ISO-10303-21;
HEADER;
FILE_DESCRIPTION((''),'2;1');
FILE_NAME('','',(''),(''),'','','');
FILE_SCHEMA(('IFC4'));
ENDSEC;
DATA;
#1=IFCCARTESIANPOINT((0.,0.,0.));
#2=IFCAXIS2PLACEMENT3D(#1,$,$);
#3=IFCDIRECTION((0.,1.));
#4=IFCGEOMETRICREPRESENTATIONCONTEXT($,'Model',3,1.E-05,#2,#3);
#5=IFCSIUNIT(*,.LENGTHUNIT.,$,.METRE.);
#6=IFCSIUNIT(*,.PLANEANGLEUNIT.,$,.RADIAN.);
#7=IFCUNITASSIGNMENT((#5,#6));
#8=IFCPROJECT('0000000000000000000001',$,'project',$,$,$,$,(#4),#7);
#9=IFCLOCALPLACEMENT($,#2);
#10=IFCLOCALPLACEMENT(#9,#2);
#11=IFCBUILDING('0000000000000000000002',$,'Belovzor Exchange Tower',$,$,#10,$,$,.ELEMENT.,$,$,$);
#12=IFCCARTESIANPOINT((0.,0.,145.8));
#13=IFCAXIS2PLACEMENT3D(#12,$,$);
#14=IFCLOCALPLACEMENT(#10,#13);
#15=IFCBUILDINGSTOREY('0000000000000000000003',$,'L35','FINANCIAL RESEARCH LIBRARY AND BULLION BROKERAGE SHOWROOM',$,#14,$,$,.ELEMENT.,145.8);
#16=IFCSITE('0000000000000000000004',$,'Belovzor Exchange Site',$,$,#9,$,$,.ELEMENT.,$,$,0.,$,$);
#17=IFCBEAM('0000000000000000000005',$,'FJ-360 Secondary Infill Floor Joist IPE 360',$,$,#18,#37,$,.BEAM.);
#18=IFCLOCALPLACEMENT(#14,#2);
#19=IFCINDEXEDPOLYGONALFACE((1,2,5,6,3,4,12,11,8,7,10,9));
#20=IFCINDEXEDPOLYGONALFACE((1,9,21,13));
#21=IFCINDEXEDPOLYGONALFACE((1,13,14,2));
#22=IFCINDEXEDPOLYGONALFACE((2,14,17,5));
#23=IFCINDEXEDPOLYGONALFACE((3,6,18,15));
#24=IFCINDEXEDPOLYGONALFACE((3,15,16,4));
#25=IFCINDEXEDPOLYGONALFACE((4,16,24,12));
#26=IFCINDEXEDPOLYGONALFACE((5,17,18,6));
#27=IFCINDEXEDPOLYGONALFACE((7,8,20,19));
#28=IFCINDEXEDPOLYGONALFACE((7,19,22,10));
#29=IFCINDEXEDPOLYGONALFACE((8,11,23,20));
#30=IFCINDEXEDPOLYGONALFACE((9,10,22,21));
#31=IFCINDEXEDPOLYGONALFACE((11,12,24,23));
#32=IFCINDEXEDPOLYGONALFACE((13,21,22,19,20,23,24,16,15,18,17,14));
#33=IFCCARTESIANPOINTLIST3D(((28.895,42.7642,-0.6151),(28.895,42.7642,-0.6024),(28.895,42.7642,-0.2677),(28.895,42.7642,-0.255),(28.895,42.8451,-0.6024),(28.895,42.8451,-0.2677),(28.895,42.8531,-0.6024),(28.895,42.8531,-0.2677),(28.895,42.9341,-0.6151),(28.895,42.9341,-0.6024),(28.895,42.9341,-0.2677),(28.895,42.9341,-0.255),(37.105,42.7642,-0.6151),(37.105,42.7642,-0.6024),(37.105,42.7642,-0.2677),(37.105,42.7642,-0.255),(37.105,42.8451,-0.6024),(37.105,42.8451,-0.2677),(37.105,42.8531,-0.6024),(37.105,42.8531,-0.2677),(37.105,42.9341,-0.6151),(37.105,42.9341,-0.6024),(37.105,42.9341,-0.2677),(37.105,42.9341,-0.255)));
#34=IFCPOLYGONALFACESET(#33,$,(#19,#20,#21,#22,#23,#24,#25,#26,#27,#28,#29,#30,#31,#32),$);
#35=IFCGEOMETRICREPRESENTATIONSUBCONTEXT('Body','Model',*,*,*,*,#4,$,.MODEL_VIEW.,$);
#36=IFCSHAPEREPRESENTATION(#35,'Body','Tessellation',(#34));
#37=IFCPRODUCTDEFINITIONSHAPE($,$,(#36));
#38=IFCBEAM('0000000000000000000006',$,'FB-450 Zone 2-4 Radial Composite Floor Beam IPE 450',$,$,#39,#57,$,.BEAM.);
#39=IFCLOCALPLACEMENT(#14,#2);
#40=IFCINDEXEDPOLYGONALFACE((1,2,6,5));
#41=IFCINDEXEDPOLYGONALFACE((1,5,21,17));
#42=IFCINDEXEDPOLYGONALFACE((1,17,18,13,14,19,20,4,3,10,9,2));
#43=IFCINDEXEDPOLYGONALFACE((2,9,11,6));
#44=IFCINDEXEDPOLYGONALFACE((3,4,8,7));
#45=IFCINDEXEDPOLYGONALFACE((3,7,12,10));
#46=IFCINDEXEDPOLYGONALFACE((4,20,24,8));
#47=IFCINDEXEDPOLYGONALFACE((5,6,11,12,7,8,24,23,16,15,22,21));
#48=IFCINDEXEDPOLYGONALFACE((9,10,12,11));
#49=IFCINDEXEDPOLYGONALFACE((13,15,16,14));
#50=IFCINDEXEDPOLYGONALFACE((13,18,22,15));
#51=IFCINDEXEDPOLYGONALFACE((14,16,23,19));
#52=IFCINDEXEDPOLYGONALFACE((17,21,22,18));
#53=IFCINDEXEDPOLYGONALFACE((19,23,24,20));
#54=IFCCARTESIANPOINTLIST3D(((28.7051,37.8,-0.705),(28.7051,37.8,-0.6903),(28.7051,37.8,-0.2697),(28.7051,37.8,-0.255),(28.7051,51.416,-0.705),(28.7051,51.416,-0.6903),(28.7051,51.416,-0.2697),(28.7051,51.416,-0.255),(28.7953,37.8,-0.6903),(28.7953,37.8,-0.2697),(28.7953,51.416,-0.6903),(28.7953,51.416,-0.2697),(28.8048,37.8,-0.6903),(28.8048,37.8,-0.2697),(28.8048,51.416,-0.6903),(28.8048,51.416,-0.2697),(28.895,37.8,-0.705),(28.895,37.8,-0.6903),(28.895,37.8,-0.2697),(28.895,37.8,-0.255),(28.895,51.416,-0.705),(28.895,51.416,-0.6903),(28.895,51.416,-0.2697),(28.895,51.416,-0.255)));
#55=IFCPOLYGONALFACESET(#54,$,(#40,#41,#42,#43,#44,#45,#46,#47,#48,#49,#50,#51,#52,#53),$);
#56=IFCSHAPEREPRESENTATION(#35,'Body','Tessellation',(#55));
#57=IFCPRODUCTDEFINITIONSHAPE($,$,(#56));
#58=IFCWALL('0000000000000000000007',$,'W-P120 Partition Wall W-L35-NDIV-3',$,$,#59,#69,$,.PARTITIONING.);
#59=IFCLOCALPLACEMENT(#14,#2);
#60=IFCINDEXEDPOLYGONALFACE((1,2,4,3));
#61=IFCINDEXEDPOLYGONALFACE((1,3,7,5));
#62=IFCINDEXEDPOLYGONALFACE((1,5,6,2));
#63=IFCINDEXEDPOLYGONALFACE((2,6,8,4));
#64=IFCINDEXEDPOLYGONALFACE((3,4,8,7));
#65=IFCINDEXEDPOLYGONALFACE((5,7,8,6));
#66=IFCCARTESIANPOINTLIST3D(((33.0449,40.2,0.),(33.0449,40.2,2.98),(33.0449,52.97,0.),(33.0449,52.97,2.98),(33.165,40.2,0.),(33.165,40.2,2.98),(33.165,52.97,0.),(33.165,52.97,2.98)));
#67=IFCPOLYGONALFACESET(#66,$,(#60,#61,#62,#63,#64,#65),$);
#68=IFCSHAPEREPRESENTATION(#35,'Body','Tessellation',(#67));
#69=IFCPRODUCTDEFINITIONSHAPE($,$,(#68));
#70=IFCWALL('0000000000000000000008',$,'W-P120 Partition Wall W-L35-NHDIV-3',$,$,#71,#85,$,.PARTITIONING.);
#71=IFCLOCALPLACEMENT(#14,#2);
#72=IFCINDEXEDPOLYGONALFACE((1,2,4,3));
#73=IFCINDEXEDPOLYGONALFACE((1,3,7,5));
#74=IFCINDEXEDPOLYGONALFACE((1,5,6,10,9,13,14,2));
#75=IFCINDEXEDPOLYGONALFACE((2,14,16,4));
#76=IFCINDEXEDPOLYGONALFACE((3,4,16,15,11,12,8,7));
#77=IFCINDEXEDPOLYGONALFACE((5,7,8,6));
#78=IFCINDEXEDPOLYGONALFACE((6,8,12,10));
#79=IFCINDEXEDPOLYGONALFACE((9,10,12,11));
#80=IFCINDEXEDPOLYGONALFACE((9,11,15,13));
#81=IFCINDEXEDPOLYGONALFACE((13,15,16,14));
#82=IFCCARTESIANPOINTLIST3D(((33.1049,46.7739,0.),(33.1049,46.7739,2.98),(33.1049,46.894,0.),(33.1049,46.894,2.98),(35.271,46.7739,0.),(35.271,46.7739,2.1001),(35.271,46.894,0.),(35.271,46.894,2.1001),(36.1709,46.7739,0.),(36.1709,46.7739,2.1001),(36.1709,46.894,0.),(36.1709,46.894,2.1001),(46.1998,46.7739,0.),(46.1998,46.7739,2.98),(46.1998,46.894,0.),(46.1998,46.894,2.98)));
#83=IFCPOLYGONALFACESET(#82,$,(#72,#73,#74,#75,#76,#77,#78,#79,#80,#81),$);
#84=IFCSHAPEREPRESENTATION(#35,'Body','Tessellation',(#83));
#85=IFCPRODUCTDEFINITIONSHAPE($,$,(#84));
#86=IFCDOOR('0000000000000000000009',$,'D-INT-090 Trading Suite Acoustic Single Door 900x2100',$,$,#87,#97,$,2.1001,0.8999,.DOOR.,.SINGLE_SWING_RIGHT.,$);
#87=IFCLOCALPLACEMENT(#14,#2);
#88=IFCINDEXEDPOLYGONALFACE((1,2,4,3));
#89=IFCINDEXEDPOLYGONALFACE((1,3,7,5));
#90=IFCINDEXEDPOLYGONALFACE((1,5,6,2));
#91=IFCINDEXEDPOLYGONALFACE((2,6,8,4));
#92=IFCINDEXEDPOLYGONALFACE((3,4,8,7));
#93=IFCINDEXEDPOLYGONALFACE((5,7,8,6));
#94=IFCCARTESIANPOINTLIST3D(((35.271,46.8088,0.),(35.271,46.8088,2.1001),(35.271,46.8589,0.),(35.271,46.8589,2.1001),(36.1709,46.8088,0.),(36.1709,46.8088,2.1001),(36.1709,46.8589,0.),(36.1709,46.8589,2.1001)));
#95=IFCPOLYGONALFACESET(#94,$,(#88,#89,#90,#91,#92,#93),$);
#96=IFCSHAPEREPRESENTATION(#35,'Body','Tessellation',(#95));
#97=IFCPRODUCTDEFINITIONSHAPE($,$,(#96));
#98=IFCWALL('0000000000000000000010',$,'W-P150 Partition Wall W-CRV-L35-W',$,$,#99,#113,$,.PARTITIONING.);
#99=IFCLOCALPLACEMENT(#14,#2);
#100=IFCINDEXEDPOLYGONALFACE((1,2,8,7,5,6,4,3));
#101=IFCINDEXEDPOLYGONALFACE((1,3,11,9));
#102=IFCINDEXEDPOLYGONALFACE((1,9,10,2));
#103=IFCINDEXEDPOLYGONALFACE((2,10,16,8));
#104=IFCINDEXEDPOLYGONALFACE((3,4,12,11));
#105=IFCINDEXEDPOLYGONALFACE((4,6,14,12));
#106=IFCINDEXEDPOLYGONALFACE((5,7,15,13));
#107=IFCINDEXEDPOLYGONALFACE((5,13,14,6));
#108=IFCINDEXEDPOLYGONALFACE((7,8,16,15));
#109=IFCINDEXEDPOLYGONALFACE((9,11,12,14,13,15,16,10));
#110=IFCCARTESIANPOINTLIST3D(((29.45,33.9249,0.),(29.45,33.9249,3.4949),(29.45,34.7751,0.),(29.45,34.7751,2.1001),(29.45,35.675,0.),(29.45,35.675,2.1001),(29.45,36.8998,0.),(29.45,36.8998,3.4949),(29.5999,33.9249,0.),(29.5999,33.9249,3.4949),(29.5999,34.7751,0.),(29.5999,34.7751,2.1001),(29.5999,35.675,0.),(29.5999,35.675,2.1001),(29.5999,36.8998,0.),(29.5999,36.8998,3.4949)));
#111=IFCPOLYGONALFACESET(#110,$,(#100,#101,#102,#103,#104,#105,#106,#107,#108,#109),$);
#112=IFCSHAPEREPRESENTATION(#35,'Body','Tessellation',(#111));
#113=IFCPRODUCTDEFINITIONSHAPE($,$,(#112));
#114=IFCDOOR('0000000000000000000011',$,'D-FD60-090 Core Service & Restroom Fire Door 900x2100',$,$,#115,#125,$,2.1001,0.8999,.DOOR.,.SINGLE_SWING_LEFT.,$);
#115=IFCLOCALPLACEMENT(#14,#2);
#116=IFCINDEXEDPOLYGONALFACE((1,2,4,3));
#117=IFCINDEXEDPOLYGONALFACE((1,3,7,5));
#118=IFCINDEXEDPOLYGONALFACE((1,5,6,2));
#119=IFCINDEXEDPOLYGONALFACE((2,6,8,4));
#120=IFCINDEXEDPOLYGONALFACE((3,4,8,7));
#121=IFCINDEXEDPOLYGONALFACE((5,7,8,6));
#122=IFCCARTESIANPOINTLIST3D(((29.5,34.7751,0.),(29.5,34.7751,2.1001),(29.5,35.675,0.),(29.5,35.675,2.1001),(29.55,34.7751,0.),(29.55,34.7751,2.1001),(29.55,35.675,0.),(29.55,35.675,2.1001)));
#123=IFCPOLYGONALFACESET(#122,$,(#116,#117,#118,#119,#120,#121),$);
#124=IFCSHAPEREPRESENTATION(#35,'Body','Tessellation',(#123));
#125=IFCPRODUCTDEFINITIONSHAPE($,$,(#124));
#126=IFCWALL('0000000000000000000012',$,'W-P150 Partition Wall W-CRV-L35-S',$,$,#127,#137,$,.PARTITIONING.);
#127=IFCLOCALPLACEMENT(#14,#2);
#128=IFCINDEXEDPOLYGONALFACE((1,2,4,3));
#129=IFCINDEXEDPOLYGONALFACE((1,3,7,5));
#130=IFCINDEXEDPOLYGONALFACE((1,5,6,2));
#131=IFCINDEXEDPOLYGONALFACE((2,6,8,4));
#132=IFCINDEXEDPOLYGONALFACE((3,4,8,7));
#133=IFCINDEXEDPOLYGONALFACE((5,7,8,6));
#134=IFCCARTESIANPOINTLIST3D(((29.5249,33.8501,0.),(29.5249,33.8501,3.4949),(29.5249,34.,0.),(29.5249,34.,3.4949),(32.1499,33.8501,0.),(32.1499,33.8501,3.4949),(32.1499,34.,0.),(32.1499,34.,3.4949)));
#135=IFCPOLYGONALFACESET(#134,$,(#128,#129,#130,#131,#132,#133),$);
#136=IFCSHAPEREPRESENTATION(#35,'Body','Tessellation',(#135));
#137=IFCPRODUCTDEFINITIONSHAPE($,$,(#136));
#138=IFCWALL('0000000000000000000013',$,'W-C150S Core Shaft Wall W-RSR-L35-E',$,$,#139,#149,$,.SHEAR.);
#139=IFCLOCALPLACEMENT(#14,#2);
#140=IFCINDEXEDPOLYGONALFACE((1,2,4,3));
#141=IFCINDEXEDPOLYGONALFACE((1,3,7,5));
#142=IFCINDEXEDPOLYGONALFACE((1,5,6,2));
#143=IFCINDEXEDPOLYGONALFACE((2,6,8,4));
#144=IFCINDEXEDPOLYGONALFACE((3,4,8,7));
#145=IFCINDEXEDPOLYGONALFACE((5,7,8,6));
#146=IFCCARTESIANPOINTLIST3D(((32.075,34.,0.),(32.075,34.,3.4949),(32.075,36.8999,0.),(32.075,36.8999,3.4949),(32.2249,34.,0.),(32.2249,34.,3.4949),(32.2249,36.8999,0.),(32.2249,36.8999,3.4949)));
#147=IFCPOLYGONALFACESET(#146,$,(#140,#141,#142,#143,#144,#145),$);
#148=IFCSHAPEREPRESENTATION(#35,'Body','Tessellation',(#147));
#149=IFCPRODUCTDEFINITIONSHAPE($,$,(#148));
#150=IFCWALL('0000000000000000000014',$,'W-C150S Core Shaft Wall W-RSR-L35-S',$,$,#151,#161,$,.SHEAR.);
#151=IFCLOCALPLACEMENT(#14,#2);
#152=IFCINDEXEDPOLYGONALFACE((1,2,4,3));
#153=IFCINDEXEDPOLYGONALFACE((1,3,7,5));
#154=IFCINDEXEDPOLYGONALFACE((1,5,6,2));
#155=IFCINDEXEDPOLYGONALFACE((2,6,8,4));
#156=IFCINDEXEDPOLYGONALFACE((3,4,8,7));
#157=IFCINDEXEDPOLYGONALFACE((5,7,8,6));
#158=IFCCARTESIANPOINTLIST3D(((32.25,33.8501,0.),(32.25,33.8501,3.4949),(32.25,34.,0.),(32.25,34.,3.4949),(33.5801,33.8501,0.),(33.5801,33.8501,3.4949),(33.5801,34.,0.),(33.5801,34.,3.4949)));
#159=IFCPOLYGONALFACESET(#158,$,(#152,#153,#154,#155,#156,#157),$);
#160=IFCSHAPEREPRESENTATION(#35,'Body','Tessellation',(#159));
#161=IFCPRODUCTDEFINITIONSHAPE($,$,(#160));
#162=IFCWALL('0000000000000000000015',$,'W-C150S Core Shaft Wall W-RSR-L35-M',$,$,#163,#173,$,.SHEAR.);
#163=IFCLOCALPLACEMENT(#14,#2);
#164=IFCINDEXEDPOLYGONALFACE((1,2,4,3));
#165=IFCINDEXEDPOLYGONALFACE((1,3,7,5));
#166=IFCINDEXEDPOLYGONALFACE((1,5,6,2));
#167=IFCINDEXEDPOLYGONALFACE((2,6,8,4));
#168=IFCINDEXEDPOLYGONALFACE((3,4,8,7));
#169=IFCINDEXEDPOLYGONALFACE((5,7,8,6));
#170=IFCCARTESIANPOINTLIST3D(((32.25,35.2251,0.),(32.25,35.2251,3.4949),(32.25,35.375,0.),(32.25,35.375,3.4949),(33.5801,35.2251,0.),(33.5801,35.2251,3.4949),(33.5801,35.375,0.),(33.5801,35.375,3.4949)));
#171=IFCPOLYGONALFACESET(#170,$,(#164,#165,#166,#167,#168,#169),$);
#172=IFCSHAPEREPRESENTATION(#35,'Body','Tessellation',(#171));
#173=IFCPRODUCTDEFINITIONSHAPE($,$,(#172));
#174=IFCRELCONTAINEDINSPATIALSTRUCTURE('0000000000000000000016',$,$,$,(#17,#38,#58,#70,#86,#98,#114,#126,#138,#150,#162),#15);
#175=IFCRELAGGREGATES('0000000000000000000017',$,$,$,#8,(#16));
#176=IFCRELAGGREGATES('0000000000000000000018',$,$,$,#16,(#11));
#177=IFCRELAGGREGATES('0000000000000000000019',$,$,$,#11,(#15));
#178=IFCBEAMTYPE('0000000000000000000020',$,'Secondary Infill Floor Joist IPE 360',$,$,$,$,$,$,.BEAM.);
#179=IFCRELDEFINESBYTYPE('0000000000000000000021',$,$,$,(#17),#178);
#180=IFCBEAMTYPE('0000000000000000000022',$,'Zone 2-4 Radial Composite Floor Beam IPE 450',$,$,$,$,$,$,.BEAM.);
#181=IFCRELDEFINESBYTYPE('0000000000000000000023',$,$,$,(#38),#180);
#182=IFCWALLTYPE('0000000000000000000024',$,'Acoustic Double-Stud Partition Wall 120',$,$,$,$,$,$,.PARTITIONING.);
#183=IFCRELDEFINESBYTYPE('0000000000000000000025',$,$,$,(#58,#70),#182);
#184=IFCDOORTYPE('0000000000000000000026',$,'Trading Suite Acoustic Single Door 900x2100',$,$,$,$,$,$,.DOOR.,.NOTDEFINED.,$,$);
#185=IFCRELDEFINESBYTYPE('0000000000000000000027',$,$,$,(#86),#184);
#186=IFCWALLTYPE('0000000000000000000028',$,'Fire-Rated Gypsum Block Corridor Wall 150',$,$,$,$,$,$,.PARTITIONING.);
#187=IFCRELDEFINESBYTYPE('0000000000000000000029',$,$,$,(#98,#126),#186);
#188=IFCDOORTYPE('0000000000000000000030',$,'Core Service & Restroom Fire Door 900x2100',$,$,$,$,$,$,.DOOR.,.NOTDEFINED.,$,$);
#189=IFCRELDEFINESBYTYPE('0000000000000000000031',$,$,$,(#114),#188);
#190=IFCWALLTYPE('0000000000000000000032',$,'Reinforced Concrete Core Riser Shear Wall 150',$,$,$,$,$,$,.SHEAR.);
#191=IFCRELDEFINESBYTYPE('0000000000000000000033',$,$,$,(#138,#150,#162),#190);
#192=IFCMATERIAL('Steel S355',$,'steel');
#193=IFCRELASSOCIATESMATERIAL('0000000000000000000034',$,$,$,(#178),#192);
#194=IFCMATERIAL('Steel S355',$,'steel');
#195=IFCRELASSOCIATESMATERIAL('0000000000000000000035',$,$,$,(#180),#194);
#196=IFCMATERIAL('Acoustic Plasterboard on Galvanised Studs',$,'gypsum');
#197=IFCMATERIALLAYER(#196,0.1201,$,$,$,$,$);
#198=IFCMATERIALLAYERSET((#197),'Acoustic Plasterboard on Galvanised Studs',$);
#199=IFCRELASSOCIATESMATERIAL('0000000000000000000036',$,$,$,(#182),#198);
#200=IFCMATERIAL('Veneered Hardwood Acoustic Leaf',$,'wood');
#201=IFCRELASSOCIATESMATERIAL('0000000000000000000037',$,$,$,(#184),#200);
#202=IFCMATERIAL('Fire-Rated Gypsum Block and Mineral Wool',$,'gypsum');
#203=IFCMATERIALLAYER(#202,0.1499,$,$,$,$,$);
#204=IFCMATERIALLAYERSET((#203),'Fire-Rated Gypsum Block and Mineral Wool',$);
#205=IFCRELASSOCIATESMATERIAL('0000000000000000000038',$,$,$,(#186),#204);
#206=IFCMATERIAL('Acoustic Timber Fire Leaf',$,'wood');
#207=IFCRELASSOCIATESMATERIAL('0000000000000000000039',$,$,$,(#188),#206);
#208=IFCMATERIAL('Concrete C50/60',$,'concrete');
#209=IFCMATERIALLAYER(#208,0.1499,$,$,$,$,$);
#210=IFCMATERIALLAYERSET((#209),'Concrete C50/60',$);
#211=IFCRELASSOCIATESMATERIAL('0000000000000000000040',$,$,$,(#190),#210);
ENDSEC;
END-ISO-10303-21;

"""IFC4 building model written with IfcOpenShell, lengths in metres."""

from ifc_helpers import new_model, si_unit, direction, frame, frame_2d, origin, origin_2d, place, context, subcontext, project, spatial, rectangle, i_section, extrude, material, layer, layer_set, material_profile, profile_set, type_object, element, fill, save


model = new_model("IFC4")

# Units and contexts
model_context = context("Model", 3, precision=1e-05, world=origin(), true_north=direction((0.0, 1.0)))
body_context = subcontext(model_context, "Body", "Model", "MODEL_VIEW")
ifc_project = project(units=[si_unit("LENGTHUNIT", "METRE"), si_unit("PLANEANGLEUNIT", "RADIAN")], contexts=[model_context])

# Site, building, storey
site_placement = place(None, origin())
site = spatial("IfcSite", under=ifc_project, at=site_placement, Name="Belovzor Exchange Site", CompositionType="ELEMENT", RefElevation=0.0)
building_placement = place(site_placement, origin())
building = spatial("IfcBuilding", under=site, at=building_placement, Name="Belovzor Exchange Tower", CompositionType="ELEMENT")
storey_placement = place(building_placement, frame((0.0, 0.0, 145.8)))
storey = spatial("IfcBuildingStorey", under=building, at=storey_placement, Name="L35", Description="FINANCIAL RESEARCH LIBRARY AND BULLION BROKERAGE SHOWROOM", CompositionType="ELEMENT", Elevation=145.8)

# Beams
ifc_material_1 = material(Name="Steel S355", Category="steel")
ifc_material_profile_1 = material_profile(ifc_material_1, i_section(OverallWidth=0.1699, OverallDepth=0.3601, WebThickness=0.0081, FlangeThickness=0.0127, at=origin_2d()))
ifc_profile_set_1 = profile_set([ifc_material_profile_1], Name="Steel S355")
beam_type_1 = type_object("IfcBeamType", Name="Secondary Infill Floor Joist IPE 360", PredefinedType="BEAM", material=ifc_profile_set_1)
beam_1_placement = place(storey_placement, frame((28.895, 42.8491, -0.4351), z_axis=(1.0, 0.0, 0.0), x_axis=(0.0, 1.0, 0.0)))
element("IfcBeam", 1, at=beam_1_placement, inside=storey, type_object=beam_type_1, Name="FJ-360 Secondary Infill Floor Joist IPE 360", PredefinedType="BEAM", context=body_context, shape_type="SweptSolid", body=[
    extrude(i_section(OverallWidth=0.1699, OverallDepth=0.3601, WebThickness=0.0081, FlangeThickness=0.0127, at=origin_2d()), origin(), (0.0, 0.0, 1.0), 8.21),
])
ifc_material_2 = material(Name="Steel S355", Category="steel")
ifc_material_profile_2 = material_profile(ifc_material_2, i_section(OverallWidth=0.1899, OverallDepth=0.45, WebThickness=0.0095, FlangeThickness=0.0146, at=origin_2d()))
ifc_profile_set_2 = profile_set([ifc_material_profile_2], Name="Steel S355")
beam_type_2 = type_object("IfcBeamType", Name="Zone 2-4 Radial Composite Floor Beam IPE 450", PredefinedType="BEAM", material=ifc_profile_set_2)
beam_2_placement = place(storey_placement, frame((28.8, 37.8, -0.48), z_axis=(0.0, 1.0, 0.0), x_axis=(-1.0, 0.0, 0.0)))
element("IfcBeam", 2, at=beam_2_placement, inside=storey, type_object=beam_type_2, Name="FB-450 Zone 2-4 Radial Composite Floor Beam IPE 450", PredefinedType="BEAM", context=body_context, shape_type="SweptSolid", body=[
    extrude(i_section(OverallWidth=0.1899, OverallDepth=0.45, WebThickness=0.0095, FlangeThickness=0.0146, at=origin_2d()), origin(), (0.0, 0.0, 1.0), 13.616),
])

# Wall
ifc_material_3 = material(Name="Acoustic Plasterboard on Galvanised Studs", Category="gypsum")
ifc_layer_1 = layer(ifc_material_3, 0.1201)
ifc_layer_set_1 = layer_set([ifc_layer_1], Name="Acoustic Plasterboard on Galvanised Studs")
wall_type_1 = type_object("IfcWallType", Name="Acoustic Double-Stud Partition Wall 120", PredefinedType="PARTITIONING", material=ifc_layer_set_1)
wall_1_placement = place(storey_placement, frame((33.105, 40.2, 0.0), z_axis=(0.0, 0.0, 1.0), x_axis=(0.0, 1.0, 0.0)))
element("IfcWall", 3, at=wall_1_placement, inside=storey, type_object=wall_type_1, Name="W-P120 Partition Wall W-L35-NDIV-3", PredefinedType="PARTITIONING", context=body_context, shape_type="SweptSolid", body=[
    extrude(rectangle(XDim=12.77, YDim=0.1201, at=frame_2d((6.385, 0.0))), origin(), (0.0, 0.0, 1.0), 2.98),
])

# Walls, openings, doors
wall_2_placement = place(storey_placement, frame((33.105, 46.834, 0.0), z_axis=(0.0, 0.0, 1.0), x_axis=(1.0, 0.0, 0.0)))
wall_2 = element("IfcWall", 4, at=wall_2_placement, inside=storey, type_object=wall_type_1, Name="W-P120 Partition Wall W-L35-NHDIV-3", PredefinedType="PARTITIONING", context=body_context, shape_type="SweptSolid", body=[
    extrude(rectangle(XDim=13.095, YDim=0.1201, at=frame_2d((6.5474, 0.0))), origin(), (0.0, 0.0, 1.0), 2.98),
])
opening_1_placement = place(wall_2_placement, frame((2.166, 0.0, 0.0)))
opening_1 = element("IfcOpeningElement", 5, at=opening_1_placement, cuts=wall_2, PredefinedType="OPENING", context=body_context, shape_type="SweptSolid", body=[
    extrude(rectangle(XDim=0.8999, YDim=2.1001, at=frame_2d((0.45, 1.05))), frame((0.0, 0.0701, 0.0), z_axis=(0.0, -1.0, 0.0), x_axis=(1.0, 0.0, 0.0)), (0.0, 0.0, 1.0), 0.1401),
])
ifc_material_4 = material(Name="Veneered Hardwood Acoustic Leaf", Category="wood")
door_type_1 = type_object("IfcDoorType", Name="Trading Suite Acoustic Single Door 900x2100", OperationType="NOTDEFINED", PredefinedType="DOOR", material=ifc_material_4)
door_1_placement = place(opening_1_placement, origin())
door_1 = element("IfcDoor", 6, at=door_1_placement, inside=storey, type_object=door_type_1, Name="D-INT-090 Trading Suite Acoustic Single Door 900x2100", OperationType="SINGLE_SWING_RIGHT", OverallHeight=2.1001, OverallWidth=0.8999, PredefinedType="DOOR", context=body_context, shape_type="SweptSolid", body=[
    extrude(rectangle(XDim=0.8999, YDim=2.1001, at=frame_2d((0.45, 1.05))), frame((0.0, 0.0249, 0.0), z_axis=(0.0, -1.0, 0.0), x_axis=(1.0, 0.0, 0.0)), (0.0, 0.0, 1.0), 0.05),
])
fill(opening_1, door_1)
ifc_material_5 = material(Name="Fire-Rated Gypsum Block and Mineral Wool", Category="gypsum")
ifc_layer_2 = layer(ifc_material_5, 0.1499)
ifc_layer_set_2 = layer_set([ifc_layer_2], Name="Fire-Rated Gypsum Block and Mineral Wool")
wall_type_2 = type_object("IfcWallType", Name="Fire-Rated Gypsum Block Corridor Wall 150", PredefinedType="PARTITIONING", material=ifc_layer_set_2)
wall_3_placement = place(storey_placement, frame((29.5249, 33.925, 0.0), z_axis=(0.0, 0.0, 1.0), x_axis=(0.0, 1.0, 0.0)))
wall_3 = element("IfcWall", 7, at=wall_3_placement, inside=storey, type_object=wall_type_2, Name="W-P150 Partition Wall W-CRV-L35-W", PredefinedType="PARTITIONING", context=body_context, shape_type="SweptSolid", body=[
    extrude(rectangle(XDim=2.9749, YDim=0.1499, at=frame_2d((1.4873, 0.0))), origin(), (0.0, 0.0, 1.0), 3.4949),
])
opening_2_placement = place(wall_3_placement, frame((0.8501, 0.0, 0.0)))
opening_2 = element("IfcOpeningElement", 8, at=opening_2_placement, cuts=wall_3, PredefinedType="OPENING", context=body_context, shape_type="SweptSolid", body=[
    extrude(rectangle(XDim=0.8999, YDim=2.1001, at=frame_2d((0.45, 1.05))), frame((0.0, 0.085, 0.0), z_axis=(0.0, -1.0, 0.0), x_axis=(1.0, 0.0, 0.0)), (0.0, 0.0, 1.0), 0.1699),
])
ifc_material_6 = material(Name="Acoustic Timber Fire Leaf", Category="wood")
door_type_2 = type_object("IfcDoorType", Name="Core Service & Restroom Fire Door 900x2100", OperationType="NOTDEFINED", PredefinedType="DOOR", material=ifc_material_6)
door_2_placement = place(opening_2_placement, origin())
door_2 = element("IfcDoor", 9, at=door_2_placement, inside=storey, type_object=door_type_2, Name="D-FD60-090 Core Service & Restroom Fire Door 900x2100", OperationType="SINGLE_SWING_LEFT", OverallHeight=2.1001, OverallWidth=0.8999, PredefinedType="DOOR", context=body_context, shape_type="SweptSolid", body=[
    extrude(rectangle(XDim=0.8999, YDim=2.1001, at=frame_2d((0.45, 1.05))), frame((0.0, 0.0249, 0.0), z_axis=(0.0, -1.0, 0.0), x_axis=(1.0, 0.0, 0.0)), (0.0, 0.0, 1.0), 0.05),
])
fill(opening_2, door_2)

# Walls
wall_4_placement = place(storey_placement, frame((29.5249, 33.925, 0.0), z_axis=(0.0, 0.0, 1.0), x_axis=(1.0, 0.0, 0.0)))
element("IfcWall", 10, at=wall_4_placement, inside=storey, type_object=wall_type_2, Name="W-P150 Partition Wall W-CRV-L35-S", PredefinedType="PARTITIONING", context=body_context, shape_type="SweptSolid", body=[
    extrude(rectangle(XDim=2.625, YDim=0.1499, at=frame_2d((1.3125, 0.0))), origin(), (0.0, 0.0, 1.0), 3.4949),
])
ifc_material_7 = material(Name="Concrete C50/60", Category="concrete")
ifc_layer_3 = layer(ifc_material_7, 0.1499)
ifc_layer_set_3 = layer_set([ifc_layer_3], Name="Concrete C50/60")
wall_type_3 = type_object("IfcWallType", Name="Reinforced Concrete Core Riser Shear Wall 150", PredefinedType="SHEAR", material=ifc_layer_set_3)
wall_5_placement = place(storey_placement, frame((32.1499, 34.0, 0.0), z_axis=(0.0, 0.0, 1.0), x_axis=(0.0, 1.0, 0.0)))
element("IfcWall", 11, at=wall_5_placement, inside=storey, type_object=wall_type_3, Name="W-C150S Core Shaft Wall W-RSR-L35-E", PredefinedType="SHEAR", context=body_context, shape_type="SweptSolid", body=[
    extrude(rectangle(XDim=2.8999, YDim=0.1499, at=frame_2d((1.45, 0.0))), origin(), (0.0, 0.0, 1.0), 3.4949),
])
for number, where, z_axis, x_axis, name in (
    (12, (32.25, 33.925, 0.0), (0.0, 0.0, 1.0), (1.0, 0.0, 0.0), "W-C150S Core Shaft Wall W-RSR-L35-S"),
    (13, (32.25, 35.3, 0.0), (0.0, 0.0, 1.0), (1.0, 0.0, 0.0), "W-C150S Core Shaft Wall W-RSR-L35-M"),
):
    element("IfcWall", number, at=place(storey_placement, frame(where, z_axis=z_axis, x_axis=x_axis)), inside=storey, type_object=wall_type_3, Name=name, PredefinedType="SHEAR", context=body_context, shape_type="SweptSolid", body=[
        extrude(rectangle(XDim=1.3301, YDim=0.1499, at=frame_2d((0.665, 0.0))), origin(), (0.0, 0.0, 1.0), 3.4949),
    ])

save(model, "model.ifc")
